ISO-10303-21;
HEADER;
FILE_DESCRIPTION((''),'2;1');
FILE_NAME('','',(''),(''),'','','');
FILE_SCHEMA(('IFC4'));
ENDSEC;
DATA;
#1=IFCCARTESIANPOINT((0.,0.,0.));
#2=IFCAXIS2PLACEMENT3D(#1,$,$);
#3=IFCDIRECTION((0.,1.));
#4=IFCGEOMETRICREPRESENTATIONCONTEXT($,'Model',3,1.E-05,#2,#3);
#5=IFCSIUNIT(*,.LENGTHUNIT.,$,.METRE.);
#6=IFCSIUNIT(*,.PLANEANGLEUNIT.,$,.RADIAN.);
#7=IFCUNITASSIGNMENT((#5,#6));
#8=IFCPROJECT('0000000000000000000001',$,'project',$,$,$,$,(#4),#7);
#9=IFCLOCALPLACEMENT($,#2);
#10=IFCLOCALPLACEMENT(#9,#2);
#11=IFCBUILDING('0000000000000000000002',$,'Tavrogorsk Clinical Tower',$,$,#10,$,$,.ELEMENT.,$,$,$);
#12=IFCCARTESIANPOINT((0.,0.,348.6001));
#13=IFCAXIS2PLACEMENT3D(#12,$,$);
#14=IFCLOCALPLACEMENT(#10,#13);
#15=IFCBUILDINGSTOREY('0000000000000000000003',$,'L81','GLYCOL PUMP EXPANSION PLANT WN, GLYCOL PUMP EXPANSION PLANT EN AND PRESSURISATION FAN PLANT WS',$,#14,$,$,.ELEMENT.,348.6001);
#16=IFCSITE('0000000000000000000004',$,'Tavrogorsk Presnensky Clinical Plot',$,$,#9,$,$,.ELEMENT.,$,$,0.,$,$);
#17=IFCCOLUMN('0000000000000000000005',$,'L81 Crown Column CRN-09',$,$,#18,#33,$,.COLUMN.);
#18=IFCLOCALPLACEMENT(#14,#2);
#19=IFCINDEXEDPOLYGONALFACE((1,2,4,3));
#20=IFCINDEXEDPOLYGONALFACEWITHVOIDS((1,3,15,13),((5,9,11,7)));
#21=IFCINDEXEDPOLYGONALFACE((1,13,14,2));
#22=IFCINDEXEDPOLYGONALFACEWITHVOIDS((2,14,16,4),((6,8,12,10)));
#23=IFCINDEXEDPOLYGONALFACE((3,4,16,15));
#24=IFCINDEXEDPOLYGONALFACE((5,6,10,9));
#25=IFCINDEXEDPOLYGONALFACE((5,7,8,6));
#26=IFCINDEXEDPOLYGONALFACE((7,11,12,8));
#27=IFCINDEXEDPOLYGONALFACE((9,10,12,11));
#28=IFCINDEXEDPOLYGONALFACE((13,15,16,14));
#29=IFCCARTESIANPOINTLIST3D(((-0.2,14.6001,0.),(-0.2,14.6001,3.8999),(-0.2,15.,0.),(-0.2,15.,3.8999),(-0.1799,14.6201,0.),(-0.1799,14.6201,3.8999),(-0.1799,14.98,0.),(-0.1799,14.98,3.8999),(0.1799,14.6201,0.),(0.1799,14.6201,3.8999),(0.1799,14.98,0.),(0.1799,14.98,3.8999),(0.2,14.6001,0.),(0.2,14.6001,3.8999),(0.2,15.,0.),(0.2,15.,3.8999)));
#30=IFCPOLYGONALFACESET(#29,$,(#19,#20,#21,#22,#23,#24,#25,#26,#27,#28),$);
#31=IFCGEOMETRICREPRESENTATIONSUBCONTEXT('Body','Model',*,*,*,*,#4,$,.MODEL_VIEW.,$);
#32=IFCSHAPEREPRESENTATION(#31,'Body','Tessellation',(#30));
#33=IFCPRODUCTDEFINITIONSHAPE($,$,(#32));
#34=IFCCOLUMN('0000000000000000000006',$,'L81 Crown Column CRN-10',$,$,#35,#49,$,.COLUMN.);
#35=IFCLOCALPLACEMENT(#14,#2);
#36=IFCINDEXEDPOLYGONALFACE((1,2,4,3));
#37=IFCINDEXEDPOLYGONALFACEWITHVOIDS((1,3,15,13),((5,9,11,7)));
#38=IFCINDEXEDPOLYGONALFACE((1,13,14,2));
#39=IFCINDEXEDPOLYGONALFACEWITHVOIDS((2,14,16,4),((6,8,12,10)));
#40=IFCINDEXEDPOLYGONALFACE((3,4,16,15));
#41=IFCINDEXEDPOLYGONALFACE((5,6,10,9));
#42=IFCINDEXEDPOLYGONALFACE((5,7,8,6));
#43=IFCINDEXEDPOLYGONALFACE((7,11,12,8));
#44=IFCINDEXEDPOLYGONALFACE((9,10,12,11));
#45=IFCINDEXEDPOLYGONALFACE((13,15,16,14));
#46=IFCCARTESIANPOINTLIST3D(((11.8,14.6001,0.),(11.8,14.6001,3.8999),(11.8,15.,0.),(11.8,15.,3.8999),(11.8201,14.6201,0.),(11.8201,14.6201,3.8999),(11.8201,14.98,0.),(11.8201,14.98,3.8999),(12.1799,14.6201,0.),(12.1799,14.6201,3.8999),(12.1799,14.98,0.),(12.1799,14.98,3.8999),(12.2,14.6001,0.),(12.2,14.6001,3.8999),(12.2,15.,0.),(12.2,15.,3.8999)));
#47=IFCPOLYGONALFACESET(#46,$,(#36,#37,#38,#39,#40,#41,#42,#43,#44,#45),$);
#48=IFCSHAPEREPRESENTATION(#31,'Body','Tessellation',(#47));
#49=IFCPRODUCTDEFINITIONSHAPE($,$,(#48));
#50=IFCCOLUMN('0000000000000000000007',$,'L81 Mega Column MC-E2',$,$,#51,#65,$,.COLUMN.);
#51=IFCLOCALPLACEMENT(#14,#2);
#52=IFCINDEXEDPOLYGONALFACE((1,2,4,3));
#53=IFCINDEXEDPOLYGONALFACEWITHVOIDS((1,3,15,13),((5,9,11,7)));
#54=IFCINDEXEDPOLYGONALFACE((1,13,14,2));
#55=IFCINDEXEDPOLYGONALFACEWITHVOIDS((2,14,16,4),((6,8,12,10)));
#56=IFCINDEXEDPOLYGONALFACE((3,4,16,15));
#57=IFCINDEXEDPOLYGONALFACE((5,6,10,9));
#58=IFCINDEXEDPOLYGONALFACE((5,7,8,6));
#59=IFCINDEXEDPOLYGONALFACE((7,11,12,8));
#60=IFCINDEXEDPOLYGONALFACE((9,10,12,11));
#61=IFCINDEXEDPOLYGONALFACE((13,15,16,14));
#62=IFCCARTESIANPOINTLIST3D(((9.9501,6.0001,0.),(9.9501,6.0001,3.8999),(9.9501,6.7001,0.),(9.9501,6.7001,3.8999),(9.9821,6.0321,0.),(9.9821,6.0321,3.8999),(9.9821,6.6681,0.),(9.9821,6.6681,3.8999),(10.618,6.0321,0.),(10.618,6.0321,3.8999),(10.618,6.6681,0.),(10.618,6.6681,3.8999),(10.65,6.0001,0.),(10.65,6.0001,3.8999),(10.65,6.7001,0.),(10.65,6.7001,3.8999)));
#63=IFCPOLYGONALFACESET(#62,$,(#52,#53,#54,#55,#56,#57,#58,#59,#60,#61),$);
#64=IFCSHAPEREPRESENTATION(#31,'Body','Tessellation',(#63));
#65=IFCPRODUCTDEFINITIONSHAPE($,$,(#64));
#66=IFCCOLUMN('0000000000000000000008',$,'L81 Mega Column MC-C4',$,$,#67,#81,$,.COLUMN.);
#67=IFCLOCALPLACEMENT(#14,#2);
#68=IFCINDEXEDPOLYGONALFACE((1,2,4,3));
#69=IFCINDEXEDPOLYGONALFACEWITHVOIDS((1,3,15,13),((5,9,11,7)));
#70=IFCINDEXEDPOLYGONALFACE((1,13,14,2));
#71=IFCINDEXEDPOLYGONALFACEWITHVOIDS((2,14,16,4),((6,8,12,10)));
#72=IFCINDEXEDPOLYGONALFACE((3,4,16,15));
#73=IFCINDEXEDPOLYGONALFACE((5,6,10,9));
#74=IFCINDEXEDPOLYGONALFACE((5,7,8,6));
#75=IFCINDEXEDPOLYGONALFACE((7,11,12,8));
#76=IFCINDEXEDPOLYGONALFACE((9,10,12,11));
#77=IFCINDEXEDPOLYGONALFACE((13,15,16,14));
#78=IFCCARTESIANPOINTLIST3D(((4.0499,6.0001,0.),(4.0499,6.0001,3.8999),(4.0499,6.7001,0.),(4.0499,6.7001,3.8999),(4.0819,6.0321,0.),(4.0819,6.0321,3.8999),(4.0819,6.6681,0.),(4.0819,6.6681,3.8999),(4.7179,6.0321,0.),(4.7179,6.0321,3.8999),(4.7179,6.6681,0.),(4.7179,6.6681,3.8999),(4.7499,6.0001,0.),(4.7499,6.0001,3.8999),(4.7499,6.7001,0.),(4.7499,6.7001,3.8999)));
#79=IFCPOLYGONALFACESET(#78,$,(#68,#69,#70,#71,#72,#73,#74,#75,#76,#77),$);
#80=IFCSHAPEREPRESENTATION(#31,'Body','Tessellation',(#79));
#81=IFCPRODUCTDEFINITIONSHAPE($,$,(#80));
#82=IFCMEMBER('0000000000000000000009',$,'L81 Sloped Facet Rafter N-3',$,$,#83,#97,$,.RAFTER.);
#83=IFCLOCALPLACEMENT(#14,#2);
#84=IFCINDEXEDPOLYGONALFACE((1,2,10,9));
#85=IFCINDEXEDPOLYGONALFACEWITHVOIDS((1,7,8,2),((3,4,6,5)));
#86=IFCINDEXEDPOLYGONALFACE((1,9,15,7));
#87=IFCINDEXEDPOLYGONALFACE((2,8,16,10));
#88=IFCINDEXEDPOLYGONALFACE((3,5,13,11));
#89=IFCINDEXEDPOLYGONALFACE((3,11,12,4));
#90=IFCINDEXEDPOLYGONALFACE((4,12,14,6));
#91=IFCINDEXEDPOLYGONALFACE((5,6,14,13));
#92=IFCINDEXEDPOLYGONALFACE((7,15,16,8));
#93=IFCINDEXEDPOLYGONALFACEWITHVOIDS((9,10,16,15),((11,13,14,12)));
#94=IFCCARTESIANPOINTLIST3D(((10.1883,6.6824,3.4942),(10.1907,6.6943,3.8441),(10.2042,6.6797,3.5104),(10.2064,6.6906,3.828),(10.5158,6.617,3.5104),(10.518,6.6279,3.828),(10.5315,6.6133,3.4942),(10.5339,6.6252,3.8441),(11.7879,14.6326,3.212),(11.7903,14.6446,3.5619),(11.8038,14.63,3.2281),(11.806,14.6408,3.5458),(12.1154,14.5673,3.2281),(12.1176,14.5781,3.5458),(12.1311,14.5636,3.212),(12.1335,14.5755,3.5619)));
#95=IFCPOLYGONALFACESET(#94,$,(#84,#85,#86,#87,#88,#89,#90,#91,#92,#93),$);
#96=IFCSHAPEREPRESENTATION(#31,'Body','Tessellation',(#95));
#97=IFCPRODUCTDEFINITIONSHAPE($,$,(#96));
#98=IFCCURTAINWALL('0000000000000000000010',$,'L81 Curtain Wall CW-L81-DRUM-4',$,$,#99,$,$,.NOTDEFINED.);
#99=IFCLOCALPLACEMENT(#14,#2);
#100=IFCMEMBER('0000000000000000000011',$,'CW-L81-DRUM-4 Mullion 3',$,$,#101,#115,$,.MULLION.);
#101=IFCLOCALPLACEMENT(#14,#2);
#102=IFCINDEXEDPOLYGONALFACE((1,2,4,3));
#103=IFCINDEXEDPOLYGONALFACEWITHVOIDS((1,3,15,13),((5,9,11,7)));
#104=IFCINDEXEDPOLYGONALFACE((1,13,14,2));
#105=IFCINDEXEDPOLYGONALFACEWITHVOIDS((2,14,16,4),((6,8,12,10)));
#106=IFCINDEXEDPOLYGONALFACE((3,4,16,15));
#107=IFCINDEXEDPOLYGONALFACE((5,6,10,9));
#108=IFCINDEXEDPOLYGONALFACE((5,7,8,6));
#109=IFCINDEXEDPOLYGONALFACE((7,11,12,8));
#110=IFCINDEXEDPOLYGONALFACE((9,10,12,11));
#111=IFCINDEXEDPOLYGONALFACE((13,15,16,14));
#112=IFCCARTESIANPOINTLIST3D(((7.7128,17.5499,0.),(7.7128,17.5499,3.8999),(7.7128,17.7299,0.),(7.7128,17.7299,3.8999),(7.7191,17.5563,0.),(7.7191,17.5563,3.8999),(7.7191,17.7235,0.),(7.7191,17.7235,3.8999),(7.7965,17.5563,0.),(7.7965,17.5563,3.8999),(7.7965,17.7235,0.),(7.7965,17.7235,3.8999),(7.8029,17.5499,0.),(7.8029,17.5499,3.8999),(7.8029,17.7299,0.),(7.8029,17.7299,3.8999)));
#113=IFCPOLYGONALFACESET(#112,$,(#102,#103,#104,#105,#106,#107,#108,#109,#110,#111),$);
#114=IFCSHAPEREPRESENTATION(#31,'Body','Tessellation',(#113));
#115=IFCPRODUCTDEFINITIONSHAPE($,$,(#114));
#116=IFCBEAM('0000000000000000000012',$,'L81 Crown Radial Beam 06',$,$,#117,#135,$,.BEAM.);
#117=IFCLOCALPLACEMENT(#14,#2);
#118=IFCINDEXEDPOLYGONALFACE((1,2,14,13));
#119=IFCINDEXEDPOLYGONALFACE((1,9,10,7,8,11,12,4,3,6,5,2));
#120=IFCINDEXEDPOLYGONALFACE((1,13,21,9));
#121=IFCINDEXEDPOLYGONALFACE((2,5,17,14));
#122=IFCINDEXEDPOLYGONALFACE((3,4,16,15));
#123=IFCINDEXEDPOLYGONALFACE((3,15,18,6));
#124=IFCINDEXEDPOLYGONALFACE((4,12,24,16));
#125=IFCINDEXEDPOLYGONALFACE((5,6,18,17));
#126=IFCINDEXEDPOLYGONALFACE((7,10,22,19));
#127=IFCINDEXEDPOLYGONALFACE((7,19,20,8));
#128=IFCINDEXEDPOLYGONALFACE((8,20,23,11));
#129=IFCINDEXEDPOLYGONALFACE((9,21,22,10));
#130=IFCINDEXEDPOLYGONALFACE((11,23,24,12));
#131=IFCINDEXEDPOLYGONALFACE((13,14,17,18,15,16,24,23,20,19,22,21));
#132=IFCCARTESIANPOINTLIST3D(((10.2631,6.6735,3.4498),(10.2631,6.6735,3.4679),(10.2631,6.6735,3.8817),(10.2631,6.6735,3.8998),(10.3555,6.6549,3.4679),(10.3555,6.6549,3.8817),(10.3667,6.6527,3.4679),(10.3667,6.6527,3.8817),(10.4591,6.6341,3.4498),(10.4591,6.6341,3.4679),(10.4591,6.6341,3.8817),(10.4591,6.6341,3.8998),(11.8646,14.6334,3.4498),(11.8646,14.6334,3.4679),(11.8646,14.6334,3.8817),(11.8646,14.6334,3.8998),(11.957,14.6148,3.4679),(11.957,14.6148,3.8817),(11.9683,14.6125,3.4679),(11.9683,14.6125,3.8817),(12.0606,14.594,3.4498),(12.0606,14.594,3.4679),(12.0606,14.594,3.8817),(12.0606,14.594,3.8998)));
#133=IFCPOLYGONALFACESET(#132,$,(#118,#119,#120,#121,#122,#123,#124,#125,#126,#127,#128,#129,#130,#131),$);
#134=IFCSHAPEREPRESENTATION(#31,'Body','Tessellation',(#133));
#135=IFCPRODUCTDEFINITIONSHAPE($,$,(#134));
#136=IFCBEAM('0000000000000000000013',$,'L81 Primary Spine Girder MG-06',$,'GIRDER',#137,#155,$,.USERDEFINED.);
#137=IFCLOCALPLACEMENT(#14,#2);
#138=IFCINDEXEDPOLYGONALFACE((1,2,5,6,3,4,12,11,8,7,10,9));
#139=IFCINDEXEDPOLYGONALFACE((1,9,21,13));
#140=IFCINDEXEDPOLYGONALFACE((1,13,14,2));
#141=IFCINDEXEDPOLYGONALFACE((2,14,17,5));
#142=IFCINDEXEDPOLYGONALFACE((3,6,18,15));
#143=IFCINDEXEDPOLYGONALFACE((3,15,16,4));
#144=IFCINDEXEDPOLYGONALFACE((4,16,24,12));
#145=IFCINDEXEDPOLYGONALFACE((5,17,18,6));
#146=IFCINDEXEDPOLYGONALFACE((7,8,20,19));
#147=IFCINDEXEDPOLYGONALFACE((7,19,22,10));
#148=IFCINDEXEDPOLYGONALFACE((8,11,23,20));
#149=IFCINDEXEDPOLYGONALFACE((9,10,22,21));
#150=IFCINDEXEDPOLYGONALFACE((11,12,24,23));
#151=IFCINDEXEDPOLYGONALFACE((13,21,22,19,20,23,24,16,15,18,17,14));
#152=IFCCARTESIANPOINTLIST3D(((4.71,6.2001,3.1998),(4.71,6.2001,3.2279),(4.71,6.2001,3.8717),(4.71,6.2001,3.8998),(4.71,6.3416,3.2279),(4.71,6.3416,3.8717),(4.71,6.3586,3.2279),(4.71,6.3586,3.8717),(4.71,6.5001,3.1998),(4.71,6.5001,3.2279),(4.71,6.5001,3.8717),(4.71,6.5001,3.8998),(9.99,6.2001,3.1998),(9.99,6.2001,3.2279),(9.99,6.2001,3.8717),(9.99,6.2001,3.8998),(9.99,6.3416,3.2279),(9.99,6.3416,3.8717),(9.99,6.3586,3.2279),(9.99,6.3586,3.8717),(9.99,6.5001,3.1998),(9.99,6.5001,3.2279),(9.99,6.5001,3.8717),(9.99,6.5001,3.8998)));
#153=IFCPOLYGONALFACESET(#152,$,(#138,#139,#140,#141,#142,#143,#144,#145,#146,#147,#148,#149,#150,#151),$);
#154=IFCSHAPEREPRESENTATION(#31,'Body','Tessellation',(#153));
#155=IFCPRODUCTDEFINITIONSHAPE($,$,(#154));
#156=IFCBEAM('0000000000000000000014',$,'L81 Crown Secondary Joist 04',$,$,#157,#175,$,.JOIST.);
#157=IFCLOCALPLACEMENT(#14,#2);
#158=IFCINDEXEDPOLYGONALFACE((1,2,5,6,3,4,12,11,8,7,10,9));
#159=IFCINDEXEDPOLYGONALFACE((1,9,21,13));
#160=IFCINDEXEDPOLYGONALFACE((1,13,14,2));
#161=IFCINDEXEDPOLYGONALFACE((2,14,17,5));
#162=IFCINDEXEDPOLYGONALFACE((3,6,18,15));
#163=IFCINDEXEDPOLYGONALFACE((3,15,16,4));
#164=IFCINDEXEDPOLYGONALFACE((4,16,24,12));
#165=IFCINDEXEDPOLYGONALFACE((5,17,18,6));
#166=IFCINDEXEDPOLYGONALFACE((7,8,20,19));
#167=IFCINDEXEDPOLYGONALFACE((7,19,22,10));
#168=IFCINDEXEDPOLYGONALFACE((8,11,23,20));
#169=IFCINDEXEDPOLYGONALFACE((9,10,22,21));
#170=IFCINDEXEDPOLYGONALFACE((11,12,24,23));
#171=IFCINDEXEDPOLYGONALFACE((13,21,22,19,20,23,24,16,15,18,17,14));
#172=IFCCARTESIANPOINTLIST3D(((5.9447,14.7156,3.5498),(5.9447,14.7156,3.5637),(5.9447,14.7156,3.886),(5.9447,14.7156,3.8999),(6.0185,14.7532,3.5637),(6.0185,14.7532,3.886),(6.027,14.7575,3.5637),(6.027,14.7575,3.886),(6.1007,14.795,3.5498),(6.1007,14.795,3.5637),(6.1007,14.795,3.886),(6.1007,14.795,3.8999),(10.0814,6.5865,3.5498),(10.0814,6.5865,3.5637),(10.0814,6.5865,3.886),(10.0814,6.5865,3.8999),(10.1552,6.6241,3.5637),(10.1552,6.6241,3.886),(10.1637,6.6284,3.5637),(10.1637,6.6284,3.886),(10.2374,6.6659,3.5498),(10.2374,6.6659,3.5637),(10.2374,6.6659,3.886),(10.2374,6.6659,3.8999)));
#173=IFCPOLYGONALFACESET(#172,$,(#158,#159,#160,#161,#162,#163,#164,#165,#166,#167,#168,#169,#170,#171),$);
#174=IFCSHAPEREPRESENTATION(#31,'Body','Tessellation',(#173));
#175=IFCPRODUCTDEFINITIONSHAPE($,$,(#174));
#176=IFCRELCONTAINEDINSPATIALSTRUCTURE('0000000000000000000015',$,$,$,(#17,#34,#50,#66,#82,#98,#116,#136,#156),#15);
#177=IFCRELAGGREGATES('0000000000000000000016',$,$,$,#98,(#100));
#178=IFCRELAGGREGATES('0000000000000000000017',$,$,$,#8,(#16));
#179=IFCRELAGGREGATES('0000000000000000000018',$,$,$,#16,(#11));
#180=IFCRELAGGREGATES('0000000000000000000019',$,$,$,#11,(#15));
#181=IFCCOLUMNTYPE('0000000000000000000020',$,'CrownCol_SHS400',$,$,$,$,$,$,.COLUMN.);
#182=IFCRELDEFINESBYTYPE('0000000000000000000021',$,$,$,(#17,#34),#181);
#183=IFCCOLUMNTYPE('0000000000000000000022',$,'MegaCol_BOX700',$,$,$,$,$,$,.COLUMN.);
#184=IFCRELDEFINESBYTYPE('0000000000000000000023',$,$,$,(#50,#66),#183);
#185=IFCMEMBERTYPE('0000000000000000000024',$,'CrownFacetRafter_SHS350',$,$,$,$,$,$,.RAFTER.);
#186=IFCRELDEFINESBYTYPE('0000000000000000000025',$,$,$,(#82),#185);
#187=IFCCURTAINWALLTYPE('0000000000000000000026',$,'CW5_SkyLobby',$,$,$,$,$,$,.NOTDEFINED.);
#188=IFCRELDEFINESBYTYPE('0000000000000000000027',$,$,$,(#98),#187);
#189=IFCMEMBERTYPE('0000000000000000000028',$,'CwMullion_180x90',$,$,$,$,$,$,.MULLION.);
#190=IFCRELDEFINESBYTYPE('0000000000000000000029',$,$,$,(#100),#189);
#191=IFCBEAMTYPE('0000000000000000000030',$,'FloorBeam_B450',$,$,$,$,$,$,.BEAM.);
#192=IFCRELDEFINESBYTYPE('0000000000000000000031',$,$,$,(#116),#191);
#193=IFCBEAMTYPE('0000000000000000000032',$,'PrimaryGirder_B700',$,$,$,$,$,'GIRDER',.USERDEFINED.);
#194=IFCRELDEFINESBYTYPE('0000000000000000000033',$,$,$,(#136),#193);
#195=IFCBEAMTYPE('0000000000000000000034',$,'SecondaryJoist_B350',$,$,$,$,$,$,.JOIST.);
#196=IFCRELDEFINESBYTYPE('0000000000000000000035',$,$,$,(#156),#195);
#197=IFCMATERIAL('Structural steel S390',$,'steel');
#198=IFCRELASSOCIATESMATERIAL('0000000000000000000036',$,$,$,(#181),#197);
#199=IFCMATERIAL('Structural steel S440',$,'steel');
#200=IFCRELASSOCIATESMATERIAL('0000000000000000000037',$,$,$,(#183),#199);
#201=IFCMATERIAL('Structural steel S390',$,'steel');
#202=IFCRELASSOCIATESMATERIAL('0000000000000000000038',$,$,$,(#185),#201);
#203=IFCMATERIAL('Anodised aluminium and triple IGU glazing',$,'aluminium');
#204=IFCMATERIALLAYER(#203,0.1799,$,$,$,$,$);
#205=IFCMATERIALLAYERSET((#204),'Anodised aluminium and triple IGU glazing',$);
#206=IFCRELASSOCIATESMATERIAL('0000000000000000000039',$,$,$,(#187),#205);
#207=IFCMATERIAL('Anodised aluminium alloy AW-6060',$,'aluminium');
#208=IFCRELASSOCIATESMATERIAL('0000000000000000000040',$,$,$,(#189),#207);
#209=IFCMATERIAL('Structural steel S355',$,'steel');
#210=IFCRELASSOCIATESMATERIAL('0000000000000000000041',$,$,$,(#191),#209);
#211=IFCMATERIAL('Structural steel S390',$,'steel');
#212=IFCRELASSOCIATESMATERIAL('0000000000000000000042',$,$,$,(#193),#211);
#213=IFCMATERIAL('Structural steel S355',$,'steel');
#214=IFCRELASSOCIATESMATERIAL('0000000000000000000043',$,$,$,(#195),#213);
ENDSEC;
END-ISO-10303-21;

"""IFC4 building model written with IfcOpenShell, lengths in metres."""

from ifc_helpers import new_model, si_unit, direction, frame, origin, origin_2d, place, context, subcontext, project, spatial, hollow_rectangle, i_section, extrude, material, layer, layer_set, material_profile, profile_set, type_object, element, aggregate, save


model = new_model("IFC4")

# Units and contexts
model_context = context("Model", 3, precision=1e-05, world=origin(), true_north=direction((0.0, 1.0)))
body_context = subcontext(model_context, "Body", "Model", "MODEL_VIEW")
ifc_project = project(units=[si_unit("LENGTHUNIT", "METRE"), si_unit("PLANEANGLEUNIT", "RADIAN")], contexts=[model_context])

# Site, building, storey
site_placement = place(None, origin())
site = spatial("IfcSite", under=ifc_project, at=site_placement, Name="Tavrogorsk Presnensky Clinical Plot", CompositionType="ELEMENT", RefElevation=0.0)
building_placement = place(site_placement, origin())
building = spatial("IfcBuilding", under=site, at=building_placement, Name="Tavrogorsk Clinical Tower", CompositionType="ELEMENT")
storey_placement = place(building_placement, frame((0.0, 0.0, 348.6001)))
storey = spatial("IfcBuildingStorey", under=building, at=storey_placement, Name="L81", Description="GLYCOL PUMP EXPANSION PLANT WN, GLYCOL PUMP EXPANSION PLANT EN AND PRESSURISATION FAN PLANT WS", CompositionType="ELEMENT", Elevation=348.6001)

# Columns
ifc_material_1 = material(Name="Structural steel S390", Category="steel")
ifc_material_profile_1 = material_profile(ifc_material_1, hollow_rectangle(XDim=0.3999, YDim=0.3999, WallThickness=0.02, at=origin_2d()), Name="SHS-400x400x20")
ifc_profile_set_1 = profile_set([ifc_material_profile_1], Name="Structural steel S390")
column_type_1 = type_object("IfcColumnType", Name="CrownCol_SHS400", PredefinedType="COLUMN", material=ifc_profile_set_1)
for number, where, z_axis, x_axis, name in (
    (1, (0.0, 14.8, 0.0), (0.0, 0.0, 1.0), (1.0, 0.0, 0.0), "L81 Crown Column CRN-09"),
    (2, (12.0, 14.8, 0.0), (0.0, 0.0, 1.0), (1.0, 0.0, 0.0), "L81 Crown Column CRN-10"),
):
    element("IfcColumn", number, at=place(storey_placement, frame(where, z_axis=z_axis, x_axis=x_axis)), inside=storey, type_object=column_type_1, Name=name, PredefinedType="COLUMN", context=body_context, shape_type="SweptSolid", body=[
        extrude(hollow_rectangle(XDim=0.3999, YDim=0.3999, WallThickness=0.02, at=origin_2d()), origin(), (0.0, 0.0, 1.0), 3.8999),
    ])
ifc_material_2 = material(Name="Structural steel S440", Category="steel")
ifc_material_profile_2 = material_profile(ifc_material_2, hollow_rectangle(XDim=0.7, YDim=0.7, WallThickness=0.032, at=origin_2d()), Name="BOX-700x700x32")
ifc_profile_set_2 = profile_set([ifc_material_profile_2], Name="Structural steel S440")
column_type_2 = type_object("IfcColumnType", Name="MegaCol_BOX700", PredefinedType="COLUMN", material=ifc_profile_set_2)
for number, where, z_axis, x_axis, name in (
    (3, (10.3, 6.3501, 0.0), (0.0, 0.0, 1.0), (1.0, 0.0, 0.0), "L81 Mega Column MC-E2"),
    (4, (4.3999, 6.3501, 0.0), (0.0, 0.0, 1.0), (1.0, 0.0, 0.0), "L81 Mega Column MC-C4"),
):
    element("IfcColumn", number, at=place(storey_placement, frame(where, z_axis=z_axis, x_axis=x_axis)), inside=storey, type_object=column_type_2, Name=name, PredefinedType="COLUMN", context=body_context, shape_type="SweptSolid", body=[
        extrude(hollow_rectangle(XDim=0.7, YDim=0.7, WallThickness=0.032, at=origin_2d()), origin(), (0.0, 0.0, 1.0), 3.8999),
    ])

# Member
ifc_material_3 = material(Name="Structural steel S390", Category="steel")
ifc_material_profile_3 = material_profile(ifc_material_3, hollow_rectangle(XDim=0.3501, YDim=0.3501, WallThickness=0.0161, at=origin_2d()), Name="SHS-350x350x16")
ifc_profile_set_3 = profile_set([ifc_material_profile_3], Name="Structural steel S390")
member_type_1 = type_object("IfcMemberType", Name="CrownFacetRafter_SHS350", PredefinedType="RAFTER", material=ifc_profile_set_3)
member_1_placement = place(storey_placement, frame((10.3611, 6.6538, 3.6692), z_axis=(0.197131, 0.97976, -0.034781), x_axis=(-0.980353, 0.197251, 0.0)))
element("IfcMember", 5, at=member_1_placement, inside=storey, type_object=member_type_1, Name="L81 Sloped Facet Rafter N-3", PredefinedType="RAFTER", context=body_context, shape_type="SweptSolid", body=[
    extrude(hollow_rectangle(XDim=0.3501, YDim=0.3501, WallThickness=0.0161, at=origin_2d()), origin(), (0.0, 0.0, 1.0), 8.1145),
])

# Curtain wall, member
ifc_material_4 = material(Name="Anodised aluminium and triple IGU glazing", Category="aluminium")
ifc_layer_1 = layer(ifc_material_4, 0.1799)
ifc_layer_set_1 = layer_set([ifc_layer_1], Name="Anodised aluminium and triple IGU glazing")
curtain_wall_type = type_object("IfcCurtainWallType", Name="CW5_SkyLobby", PredefinedType="NOTDEFINED", material=ifc_layer_set_1)
curtain_wall_placement = place(storey_placement, origin())
curtain_wall = element("IfcCurtainWall", 6, at=curtain_wall_placement, inside=storey, type_object=curtain_wall_type, Name="L81 Curtain Wall CW-L81-DRUM-4", PredefinedType="NOTDEFINED")
ifc_material_5 = material(Name="Anodised aluminium alloy AW-6060", Category="aluminium")
ifc_material_profile_4 = material_profile(ifc_material_5, hollow_rectangle(XDim=0.0901, YDim=0.1799, WallThickness=0.0063, at=origin_2d()), Name="RHS-180x90x6.3")
ifc_profile_set_4 = profile_set([ifc_material_profile_4], Name="Anodised aluminium alloy AW-6060")
member_type_2 = type_object("IfcMemberType", Name="CwMullion_180x90", PredefinedType="MULLION", material=ifc_profile_set_4)
member_2_placement = place(storey_placement, frame((7.7578, 17.6399, 0.0), z_axis=(0.0, 0.0, 1.0), x_axis=(1.0, 0.0, 0.0)))
member_2 = element("IfcMember", 7, at=member_2_placement, type_object=member_type_2, Name="CW-L81-DRUM-4 Mullion 3", PredefinedType="MULLION", context=body_context, shape_type="SweptSolid", body=[
    extrude(hollow_rectangle(XDim=0.0901, YDim=0.1799, WallThickness=0.0063, at=origin_2d()), origin(), (0.0, 0.0, 1.0), 3.8999),
])

# Beams
ifc_material_6 = material(Name="Structural steel S355", Category="steel")
ifc_material_profile_5 = material_profile(ifc_material_6, i_section(OverallWidth=0.2, OverallDepth=0.45, WebThickness=0.0115, FlangeThickness=0.0181, at=origin_2d()), Name="B-450x200x11.5x18")
ifc_profile_set_5 = profile_set([ifc_material_profile_5], Name="Structural steel S355")
beam_type_1 = type_object("IfcBeamType", Name="FloorBeam_B450", PredefinedType="BEAM", material=ifc_profile_set_5)
beam_1_placement = place(storey_placement, frame((10.3611, 6.6538, 3.6748), z_axis=(0.197249, 0.980353, 0.0), x_axis=(-0.980353, 0.197249, 0.0)))
element("IfcBeam", 8, at=beam_1_placement, inside=storey, type_object=beam_type_1, Name="L81 Crown Radial Beam 06", PredefinedType="BEAM", context=body_context, shape_type="SweptSolid", body=[
    extrude(i_section(OverallWidth=0.2, OverallDepth=0.45, WebThickness=0.0115, FlangeThickness=0.0181, at=origin_2d()), origin(), (0.0, 0.0, 1.0), 8.1194),
])
ifc_material_7 = material(Name="Structural steel S390", Category="steel")
ifc_material_profile_6 = material_profile(ifc_material_7, i_section(OverallWidth=0.3, OverallDepth=0.7, WebThickness=0.0171, FlangeThickness=0.0281, at=origin_2d()), Name="B-700x300x17x28")
ifc_profile_set_6 = profile_set([ifc_material_profile_6], Name="Structural steel S390")
beam_type_2 = type_object("IfcBeamType", Name="PrimaryGirder_B700", ElementType="GIRDER", PredefinedType="USERDEFINED", material=ifc_profile_set_6)
beam_2_placement = place(storey_placement, frame((4.71, 6.3501, 3.5498), z_axis=(1.0, 0.0, 0.0), x_axis=(0.0, 1.0, 0.0)))
element("IfcBeam", 9, at=beam_2_placement, inside=storey, type_object=beam_type_2, Name="L81 Primary Spine Girder MG-06", ObjectType="GIRDER", PredefinedType="USERDEFINED", context=body_context, shape_type="SweptSolid", body=[
    extrude(i_section(OverallWidth=0.3, OverallDepth=0.7, WebThickness=0.0171, FlangeThickness=0.0281, at=origin_2d()), origin(), (0.0, 0.0, 1.0), 5.28),
])
ifc_material_8 = material(Name="Structural steel S355", Category="steel")
ifc_material_profile_7 = material_profile(ifc_material_8, i_section(OverallWidth=0.175, OverallDepth=0.3501, WebThickness=0.0095, FlangeThickness=0.0139, at=origin_2d()), Name="B-350x175x9.5x14")
ifc_profile_set_7 = profile_set([ifc_material_profile_7], Name="Structural steel S355")
beam_type_3 = type_object("IfcBeamType", Name="SecondaryJoist_B350", PredefinedType="JOIST", material=ifc_profile_set_7)
beam_3_placement = place(storey_placement, frame((10.1594, 6.6262, 3.7249), z_axis=(-0.45353, 0.891241, 0.0), x_axis=(-0.891241, -0.45353, 0.0)))
element("IfcBeam", 10, at=beam_3_placement, inside=storey, type_object=beam_type_3, Name="L81 Crown Secondary Joist 04", PredefinedType="JOIST", context=body_context, shape_type="SweptSolid", body=[
    extrude(i_section(OverallWidth=0.175, OverallDepth=0.3501, WebThickness=0.0095, FlangeThickness=0.0139, at=origin_2d()), origin(), (0.0, 0.0, 1.0), 9.1211),
])

aggregate(curtain_wall, [member_2])

save(model, "model.ifc")
